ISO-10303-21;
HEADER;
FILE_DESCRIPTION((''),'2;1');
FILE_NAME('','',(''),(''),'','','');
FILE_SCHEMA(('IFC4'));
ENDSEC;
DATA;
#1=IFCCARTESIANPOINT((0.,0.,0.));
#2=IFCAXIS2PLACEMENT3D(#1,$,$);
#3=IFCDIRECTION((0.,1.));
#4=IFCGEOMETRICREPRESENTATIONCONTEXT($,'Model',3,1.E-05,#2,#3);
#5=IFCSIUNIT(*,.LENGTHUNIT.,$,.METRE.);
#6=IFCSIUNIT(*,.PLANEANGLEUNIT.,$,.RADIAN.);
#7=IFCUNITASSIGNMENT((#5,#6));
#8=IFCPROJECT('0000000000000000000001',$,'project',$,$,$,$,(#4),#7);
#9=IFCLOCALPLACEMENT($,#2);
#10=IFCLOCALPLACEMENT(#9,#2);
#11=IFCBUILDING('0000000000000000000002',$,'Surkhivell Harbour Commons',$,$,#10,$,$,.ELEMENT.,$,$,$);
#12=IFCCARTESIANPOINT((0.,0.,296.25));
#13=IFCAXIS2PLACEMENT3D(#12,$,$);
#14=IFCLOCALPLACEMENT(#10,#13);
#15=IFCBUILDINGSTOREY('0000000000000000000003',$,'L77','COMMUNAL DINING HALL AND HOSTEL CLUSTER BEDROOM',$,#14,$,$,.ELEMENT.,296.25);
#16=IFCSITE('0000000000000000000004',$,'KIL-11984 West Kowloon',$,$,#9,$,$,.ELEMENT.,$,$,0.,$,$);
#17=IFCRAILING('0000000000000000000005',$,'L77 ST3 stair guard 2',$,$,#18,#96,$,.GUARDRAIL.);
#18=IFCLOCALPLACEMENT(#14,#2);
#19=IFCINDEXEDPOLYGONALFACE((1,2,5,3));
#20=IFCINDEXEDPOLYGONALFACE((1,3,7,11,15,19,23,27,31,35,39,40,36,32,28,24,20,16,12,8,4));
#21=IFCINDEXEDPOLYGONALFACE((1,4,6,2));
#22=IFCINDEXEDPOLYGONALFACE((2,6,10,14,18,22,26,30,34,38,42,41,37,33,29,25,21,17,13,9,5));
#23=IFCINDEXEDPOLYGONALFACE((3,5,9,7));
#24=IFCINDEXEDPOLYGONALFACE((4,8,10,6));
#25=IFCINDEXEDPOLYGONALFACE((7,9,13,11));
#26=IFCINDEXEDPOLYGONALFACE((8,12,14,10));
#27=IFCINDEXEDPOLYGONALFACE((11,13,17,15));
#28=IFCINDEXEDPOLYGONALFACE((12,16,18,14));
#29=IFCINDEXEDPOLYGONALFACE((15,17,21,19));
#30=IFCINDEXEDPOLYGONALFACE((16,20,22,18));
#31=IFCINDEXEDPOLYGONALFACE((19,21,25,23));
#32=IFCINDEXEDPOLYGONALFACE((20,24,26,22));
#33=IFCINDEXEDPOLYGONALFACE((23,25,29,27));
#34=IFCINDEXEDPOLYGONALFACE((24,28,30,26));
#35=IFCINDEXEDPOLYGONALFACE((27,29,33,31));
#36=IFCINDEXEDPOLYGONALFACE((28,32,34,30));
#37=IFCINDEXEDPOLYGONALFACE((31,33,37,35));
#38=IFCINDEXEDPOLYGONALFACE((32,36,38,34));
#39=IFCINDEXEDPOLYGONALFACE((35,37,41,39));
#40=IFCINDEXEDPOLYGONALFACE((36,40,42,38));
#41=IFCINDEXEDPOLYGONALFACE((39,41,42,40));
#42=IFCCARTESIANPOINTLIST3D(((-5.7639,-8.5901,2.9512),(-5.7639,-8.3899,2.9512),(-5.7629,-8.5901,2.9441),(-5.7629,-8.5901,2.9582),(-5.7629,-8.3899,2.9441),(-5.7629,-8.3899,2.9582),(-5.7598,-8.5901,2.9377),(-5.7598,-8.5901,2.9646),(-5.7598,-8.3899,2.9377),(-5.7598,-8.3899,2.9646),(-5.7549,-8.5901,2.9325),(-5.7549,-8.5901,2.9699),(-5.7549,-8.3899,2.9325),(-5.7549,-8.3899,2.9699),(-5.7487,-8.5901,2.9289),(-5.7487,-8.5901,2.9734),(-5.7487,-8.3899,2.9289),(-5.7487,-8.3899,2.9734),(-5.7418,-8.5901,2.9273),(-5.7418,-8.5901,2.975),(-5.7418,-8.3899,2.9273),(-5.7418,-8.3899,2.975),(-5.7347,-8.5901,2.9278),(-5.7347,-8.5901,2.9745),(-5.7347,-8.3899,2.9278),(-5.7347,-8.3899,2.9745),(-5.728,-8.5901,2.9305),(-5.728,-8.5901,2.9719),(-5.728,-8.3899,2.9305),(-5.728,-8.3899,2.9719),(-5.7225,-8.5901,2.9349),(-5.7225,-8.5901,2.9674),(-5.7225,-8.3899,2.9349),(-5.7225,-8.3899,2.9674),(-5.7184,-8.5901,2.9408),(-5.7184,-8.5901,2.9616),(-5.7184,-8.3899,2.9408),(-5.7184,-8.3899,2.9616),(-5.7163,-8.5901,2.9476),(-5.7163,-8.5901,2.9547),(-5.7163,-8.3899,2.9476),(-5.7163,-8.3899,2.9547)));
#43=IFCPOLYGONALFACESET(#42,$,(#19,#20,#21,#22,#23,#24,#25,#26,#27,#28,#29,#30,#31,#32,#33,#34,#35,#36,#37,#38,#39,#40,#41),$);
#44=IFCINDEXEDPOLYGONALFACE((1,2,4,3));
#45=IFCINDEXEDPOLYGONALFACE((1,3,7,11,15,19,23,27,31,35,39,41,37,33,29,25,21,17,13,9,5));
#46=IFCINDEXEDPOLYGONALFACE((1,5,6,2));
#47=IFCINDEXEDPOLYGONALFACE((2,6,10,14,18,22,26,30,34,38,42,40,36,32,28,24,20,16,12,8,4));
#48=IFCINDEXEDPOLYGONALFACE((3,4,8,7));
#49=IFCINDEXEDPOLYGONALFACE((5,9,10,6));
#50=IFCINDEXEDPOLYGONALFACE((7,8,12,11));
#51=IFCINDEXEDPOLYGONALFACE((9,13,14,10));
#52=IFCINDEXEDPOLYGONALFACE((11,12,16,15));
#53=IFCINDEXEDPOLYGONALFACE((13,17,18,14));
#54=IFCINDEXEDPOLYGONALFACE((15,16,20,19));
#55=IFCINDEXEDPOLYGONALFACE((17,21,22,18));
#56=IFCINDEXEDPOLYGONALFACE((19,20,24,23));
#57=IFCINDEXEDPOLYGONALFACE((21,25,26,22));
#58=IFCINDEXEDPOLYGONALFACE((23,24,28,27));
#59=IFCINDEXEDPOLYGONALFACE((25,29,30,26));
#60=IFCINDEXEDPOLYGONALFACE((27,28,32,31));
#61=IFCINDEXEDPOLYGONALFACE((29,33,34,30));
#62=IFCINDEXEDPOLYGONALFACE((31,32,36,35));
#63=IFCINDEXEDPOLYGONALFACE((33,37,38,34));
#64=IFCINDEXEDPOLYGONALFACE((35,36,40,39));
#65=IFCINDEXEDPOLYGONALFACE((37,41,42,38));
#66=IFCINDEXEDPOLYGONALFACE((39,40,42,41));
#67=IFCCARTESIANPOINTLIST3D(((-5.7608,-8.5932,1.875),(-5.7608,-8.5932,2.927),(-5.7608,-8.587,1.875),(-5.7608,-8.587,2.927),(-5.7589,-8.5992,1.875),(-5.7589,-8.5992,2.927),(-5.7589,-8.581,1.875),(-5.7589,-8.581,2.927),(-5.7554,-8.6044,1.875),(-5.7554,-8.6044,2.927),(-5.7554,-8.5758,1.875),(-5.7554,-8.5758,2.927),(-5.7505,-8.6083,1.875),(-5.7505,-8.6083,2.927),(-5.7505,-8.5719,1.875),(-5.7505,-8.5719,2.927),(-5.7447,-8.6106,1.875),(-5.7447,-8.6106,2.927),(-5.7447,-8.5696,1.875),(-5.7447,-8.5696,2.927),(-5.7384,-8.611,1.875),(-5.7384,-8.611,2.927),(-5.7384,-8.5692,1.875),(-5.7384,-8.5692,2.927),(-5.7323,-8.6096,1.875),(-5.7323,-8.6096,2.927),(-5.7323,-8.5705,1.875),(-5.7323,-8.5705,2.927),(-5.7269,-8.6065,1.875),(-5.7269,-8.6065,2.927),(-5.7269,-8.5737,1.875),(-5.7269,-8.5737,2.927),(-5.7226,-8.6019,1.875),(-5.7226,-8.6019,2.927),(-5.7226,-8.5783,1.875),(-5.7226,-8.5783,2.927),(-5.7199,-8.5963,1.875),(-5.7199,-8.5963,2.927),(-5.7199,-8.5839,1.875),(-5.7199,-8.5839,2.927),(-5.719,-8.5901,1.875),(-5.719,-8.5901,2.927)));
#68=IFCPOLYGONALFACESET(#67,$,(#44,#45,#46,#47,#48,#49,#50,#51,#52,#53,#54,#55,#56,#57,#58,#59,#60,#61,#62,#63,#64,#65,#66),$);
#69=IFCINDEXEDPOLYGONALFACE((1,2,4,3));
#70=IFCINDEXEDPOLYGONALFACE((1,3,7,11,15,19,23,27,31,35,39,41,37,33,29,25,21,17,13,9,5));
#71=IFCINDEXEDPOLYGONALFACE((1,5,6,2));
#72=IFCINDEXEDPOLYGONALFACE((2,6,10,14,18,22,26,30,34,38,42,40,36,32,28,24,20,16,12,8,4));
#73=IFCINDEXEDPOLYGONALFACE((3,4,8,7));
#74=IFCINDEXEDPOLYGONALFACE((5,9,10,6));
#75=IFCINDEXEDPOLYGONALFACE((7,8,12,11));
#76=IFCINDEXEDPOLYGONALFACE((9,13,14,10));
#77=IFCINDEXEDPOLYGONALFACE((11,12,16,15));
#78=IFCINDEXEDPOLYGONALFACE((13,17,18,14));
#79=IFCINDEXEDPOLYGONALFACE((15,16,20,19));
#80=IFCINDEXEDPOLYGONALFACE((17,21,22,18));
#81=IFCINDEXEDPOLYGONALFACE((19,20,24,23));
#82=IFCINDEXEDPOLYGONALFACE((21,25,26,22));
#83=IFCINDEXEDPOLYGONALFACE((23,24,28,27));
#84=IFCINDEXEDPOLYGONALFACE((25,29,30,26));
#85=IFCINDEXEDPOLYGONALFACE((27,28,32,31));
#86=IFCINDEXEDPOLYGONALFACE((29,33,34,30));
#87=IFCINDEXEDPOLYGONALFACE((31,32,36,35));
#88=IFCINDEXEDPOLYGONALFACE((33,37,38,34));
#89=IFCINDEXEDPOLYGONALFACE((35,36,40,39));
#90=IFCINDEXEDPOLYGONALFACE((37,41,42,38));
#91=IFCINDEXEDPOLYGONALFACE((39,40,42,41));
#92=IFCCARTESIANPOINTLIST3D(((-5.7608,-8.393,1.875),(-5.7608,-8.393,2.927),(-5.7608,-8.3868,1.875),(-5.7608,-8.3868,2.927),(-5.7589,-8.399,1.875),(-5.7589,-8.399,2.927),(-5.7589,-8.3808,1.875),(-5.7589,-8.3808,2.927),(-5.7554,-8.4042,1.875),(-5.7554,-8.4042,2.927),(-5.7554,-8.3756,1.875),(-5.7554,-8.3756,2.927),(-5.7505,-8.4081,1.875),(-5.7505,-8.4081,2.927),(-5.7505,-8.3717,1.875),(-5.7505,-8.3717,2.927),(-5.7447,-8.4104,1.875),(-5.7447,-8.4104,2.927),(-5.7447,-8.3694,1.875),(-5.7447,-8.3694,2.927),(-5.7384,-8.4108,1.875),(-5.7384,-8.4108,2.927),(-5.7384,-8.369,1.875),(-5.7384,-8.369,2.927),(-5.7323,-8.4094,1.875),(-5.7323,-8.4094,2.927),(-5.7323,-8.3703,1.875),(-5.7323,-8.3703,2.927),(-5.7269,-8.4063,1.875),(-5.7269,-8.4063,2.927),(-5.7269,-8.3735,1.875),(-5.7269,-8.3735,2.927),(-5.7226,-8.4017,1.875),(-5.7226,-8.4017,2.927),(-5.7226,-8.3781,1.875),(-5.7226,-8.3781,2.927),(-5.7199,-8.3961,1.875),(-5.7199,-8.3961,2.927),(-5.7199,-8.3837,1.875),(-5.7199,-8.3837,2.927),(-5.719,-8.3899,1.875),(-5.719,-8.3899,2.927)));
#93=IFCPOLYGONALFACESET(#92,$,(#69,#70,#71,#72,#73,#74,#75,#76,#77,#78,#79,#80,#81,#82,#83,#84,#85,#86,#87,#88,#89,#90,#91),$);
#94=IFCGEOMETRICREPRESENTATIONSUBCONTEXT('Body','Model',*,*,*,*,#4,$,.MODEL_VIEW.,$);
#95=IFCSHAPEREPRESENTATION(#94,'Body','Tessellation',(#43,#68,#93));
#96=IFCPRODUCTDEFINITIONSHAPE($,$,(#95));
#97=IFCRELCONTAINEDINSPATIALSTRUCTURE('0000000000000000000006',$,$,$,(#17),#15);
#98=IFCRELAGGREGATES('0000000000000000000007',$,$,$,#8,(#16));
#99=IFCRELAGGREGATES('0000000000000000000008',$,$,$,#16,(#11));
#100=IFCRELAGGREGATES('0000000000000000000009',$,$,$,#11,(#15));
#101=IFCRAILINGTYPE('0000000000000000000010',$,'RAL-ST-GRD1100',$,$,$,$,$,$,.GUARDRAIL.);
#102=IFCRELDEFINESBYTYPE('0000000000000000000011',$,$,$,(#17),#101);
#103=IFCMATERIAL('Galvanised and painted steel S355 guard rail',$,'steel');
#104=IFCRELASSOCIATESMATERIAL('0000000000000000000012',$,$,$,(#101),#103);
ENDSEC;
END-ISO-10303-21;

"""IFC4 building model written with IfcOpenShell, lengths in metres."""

from ifc_helpers import new_model, si_unit, direction, frame, origin, origin_2d, place, context, subcontext, project, spatial, circle, extrude, material, type_object, element, save


model = new_model("IFC4")

# Units and contexts
model_context = context("Model", 3, precision=1e-05, world=origin(), true_north=direction((0.0, 1.0)))
body_context = subcontext(model_context, "Body", "Model", "MODEL_VIEW")
ifc_project = project(units=[si_unit("LENGTHUNIT", "METRE"), si_unit("PLANEANGLEUNIT", "RADIAN")], contexts=[model_context])

# Site, building, storey
site_placement = place(None, origin())
site = spatial("IfcSite", under=ifc_project, at=site_placement, Name="KIL-11984 West Kowloon", CompositionType="ELEMENT", RefElevation=0.0)
building_placement = place(site_placement, origin())
building = spatial("IfcBuilding", under=site, at=building_placement, Name="Surkhivell Harbour Commons", CompositionType="ELEMENT")
storey_placement = place(building_placement, frame((0.0, 0.0, 296.25)))
storey = spatial("IfcBuildingStorey", under=building, at=storey_placement, Name="L77", Description="COMMUNAL DINING HALL AND HOSTEL CLUSTER BEDROOM", CompositionType="ELEMENT", Elevation=296.25)

# Railing
ifc_material_1 = material(Name="Galvanised and painted steel S355 guard rail", Category="steel")
railing_type_1 = type_object("IfcRailingType", Name="RAL-ST-GRD1100", PredefinedType="GUARDRAIL", material=ifc_material_1)
railing_1_placement = place(storey_placement, frame((-5.74, -8.5901, 1.875)))
element("IfcRailing", 1, at=railing_1_placement, inside=storey, type_object=railing_type_1, Name="L77 ST3 stair guard 2", PredefinedType="GUARDRAIL", context=body_context, shape_type="SweptSolid", body=[
    extrude(circle(Radius=0.0239, at=origin_2d()), frame((0.0, 0.0, 1.0762), z_axis=(0.0, 1.0, 0.0), x_axis=(-1.0, 0.0, 0.0)), (0.0, 0.0, 1.0), 0.2002),
    extrude(circle(Radius=0.021, at=origin_2d()), origin(), (0.0, 0.0, 1.0), 1.052),
    extrude(circle(Radius=0.021, at=origin_2d()), frame((0.0, 0.2002, 0.0)), (0.0, 0.0, 1.0), 1.052),
])

save(model, "model.ifc")
